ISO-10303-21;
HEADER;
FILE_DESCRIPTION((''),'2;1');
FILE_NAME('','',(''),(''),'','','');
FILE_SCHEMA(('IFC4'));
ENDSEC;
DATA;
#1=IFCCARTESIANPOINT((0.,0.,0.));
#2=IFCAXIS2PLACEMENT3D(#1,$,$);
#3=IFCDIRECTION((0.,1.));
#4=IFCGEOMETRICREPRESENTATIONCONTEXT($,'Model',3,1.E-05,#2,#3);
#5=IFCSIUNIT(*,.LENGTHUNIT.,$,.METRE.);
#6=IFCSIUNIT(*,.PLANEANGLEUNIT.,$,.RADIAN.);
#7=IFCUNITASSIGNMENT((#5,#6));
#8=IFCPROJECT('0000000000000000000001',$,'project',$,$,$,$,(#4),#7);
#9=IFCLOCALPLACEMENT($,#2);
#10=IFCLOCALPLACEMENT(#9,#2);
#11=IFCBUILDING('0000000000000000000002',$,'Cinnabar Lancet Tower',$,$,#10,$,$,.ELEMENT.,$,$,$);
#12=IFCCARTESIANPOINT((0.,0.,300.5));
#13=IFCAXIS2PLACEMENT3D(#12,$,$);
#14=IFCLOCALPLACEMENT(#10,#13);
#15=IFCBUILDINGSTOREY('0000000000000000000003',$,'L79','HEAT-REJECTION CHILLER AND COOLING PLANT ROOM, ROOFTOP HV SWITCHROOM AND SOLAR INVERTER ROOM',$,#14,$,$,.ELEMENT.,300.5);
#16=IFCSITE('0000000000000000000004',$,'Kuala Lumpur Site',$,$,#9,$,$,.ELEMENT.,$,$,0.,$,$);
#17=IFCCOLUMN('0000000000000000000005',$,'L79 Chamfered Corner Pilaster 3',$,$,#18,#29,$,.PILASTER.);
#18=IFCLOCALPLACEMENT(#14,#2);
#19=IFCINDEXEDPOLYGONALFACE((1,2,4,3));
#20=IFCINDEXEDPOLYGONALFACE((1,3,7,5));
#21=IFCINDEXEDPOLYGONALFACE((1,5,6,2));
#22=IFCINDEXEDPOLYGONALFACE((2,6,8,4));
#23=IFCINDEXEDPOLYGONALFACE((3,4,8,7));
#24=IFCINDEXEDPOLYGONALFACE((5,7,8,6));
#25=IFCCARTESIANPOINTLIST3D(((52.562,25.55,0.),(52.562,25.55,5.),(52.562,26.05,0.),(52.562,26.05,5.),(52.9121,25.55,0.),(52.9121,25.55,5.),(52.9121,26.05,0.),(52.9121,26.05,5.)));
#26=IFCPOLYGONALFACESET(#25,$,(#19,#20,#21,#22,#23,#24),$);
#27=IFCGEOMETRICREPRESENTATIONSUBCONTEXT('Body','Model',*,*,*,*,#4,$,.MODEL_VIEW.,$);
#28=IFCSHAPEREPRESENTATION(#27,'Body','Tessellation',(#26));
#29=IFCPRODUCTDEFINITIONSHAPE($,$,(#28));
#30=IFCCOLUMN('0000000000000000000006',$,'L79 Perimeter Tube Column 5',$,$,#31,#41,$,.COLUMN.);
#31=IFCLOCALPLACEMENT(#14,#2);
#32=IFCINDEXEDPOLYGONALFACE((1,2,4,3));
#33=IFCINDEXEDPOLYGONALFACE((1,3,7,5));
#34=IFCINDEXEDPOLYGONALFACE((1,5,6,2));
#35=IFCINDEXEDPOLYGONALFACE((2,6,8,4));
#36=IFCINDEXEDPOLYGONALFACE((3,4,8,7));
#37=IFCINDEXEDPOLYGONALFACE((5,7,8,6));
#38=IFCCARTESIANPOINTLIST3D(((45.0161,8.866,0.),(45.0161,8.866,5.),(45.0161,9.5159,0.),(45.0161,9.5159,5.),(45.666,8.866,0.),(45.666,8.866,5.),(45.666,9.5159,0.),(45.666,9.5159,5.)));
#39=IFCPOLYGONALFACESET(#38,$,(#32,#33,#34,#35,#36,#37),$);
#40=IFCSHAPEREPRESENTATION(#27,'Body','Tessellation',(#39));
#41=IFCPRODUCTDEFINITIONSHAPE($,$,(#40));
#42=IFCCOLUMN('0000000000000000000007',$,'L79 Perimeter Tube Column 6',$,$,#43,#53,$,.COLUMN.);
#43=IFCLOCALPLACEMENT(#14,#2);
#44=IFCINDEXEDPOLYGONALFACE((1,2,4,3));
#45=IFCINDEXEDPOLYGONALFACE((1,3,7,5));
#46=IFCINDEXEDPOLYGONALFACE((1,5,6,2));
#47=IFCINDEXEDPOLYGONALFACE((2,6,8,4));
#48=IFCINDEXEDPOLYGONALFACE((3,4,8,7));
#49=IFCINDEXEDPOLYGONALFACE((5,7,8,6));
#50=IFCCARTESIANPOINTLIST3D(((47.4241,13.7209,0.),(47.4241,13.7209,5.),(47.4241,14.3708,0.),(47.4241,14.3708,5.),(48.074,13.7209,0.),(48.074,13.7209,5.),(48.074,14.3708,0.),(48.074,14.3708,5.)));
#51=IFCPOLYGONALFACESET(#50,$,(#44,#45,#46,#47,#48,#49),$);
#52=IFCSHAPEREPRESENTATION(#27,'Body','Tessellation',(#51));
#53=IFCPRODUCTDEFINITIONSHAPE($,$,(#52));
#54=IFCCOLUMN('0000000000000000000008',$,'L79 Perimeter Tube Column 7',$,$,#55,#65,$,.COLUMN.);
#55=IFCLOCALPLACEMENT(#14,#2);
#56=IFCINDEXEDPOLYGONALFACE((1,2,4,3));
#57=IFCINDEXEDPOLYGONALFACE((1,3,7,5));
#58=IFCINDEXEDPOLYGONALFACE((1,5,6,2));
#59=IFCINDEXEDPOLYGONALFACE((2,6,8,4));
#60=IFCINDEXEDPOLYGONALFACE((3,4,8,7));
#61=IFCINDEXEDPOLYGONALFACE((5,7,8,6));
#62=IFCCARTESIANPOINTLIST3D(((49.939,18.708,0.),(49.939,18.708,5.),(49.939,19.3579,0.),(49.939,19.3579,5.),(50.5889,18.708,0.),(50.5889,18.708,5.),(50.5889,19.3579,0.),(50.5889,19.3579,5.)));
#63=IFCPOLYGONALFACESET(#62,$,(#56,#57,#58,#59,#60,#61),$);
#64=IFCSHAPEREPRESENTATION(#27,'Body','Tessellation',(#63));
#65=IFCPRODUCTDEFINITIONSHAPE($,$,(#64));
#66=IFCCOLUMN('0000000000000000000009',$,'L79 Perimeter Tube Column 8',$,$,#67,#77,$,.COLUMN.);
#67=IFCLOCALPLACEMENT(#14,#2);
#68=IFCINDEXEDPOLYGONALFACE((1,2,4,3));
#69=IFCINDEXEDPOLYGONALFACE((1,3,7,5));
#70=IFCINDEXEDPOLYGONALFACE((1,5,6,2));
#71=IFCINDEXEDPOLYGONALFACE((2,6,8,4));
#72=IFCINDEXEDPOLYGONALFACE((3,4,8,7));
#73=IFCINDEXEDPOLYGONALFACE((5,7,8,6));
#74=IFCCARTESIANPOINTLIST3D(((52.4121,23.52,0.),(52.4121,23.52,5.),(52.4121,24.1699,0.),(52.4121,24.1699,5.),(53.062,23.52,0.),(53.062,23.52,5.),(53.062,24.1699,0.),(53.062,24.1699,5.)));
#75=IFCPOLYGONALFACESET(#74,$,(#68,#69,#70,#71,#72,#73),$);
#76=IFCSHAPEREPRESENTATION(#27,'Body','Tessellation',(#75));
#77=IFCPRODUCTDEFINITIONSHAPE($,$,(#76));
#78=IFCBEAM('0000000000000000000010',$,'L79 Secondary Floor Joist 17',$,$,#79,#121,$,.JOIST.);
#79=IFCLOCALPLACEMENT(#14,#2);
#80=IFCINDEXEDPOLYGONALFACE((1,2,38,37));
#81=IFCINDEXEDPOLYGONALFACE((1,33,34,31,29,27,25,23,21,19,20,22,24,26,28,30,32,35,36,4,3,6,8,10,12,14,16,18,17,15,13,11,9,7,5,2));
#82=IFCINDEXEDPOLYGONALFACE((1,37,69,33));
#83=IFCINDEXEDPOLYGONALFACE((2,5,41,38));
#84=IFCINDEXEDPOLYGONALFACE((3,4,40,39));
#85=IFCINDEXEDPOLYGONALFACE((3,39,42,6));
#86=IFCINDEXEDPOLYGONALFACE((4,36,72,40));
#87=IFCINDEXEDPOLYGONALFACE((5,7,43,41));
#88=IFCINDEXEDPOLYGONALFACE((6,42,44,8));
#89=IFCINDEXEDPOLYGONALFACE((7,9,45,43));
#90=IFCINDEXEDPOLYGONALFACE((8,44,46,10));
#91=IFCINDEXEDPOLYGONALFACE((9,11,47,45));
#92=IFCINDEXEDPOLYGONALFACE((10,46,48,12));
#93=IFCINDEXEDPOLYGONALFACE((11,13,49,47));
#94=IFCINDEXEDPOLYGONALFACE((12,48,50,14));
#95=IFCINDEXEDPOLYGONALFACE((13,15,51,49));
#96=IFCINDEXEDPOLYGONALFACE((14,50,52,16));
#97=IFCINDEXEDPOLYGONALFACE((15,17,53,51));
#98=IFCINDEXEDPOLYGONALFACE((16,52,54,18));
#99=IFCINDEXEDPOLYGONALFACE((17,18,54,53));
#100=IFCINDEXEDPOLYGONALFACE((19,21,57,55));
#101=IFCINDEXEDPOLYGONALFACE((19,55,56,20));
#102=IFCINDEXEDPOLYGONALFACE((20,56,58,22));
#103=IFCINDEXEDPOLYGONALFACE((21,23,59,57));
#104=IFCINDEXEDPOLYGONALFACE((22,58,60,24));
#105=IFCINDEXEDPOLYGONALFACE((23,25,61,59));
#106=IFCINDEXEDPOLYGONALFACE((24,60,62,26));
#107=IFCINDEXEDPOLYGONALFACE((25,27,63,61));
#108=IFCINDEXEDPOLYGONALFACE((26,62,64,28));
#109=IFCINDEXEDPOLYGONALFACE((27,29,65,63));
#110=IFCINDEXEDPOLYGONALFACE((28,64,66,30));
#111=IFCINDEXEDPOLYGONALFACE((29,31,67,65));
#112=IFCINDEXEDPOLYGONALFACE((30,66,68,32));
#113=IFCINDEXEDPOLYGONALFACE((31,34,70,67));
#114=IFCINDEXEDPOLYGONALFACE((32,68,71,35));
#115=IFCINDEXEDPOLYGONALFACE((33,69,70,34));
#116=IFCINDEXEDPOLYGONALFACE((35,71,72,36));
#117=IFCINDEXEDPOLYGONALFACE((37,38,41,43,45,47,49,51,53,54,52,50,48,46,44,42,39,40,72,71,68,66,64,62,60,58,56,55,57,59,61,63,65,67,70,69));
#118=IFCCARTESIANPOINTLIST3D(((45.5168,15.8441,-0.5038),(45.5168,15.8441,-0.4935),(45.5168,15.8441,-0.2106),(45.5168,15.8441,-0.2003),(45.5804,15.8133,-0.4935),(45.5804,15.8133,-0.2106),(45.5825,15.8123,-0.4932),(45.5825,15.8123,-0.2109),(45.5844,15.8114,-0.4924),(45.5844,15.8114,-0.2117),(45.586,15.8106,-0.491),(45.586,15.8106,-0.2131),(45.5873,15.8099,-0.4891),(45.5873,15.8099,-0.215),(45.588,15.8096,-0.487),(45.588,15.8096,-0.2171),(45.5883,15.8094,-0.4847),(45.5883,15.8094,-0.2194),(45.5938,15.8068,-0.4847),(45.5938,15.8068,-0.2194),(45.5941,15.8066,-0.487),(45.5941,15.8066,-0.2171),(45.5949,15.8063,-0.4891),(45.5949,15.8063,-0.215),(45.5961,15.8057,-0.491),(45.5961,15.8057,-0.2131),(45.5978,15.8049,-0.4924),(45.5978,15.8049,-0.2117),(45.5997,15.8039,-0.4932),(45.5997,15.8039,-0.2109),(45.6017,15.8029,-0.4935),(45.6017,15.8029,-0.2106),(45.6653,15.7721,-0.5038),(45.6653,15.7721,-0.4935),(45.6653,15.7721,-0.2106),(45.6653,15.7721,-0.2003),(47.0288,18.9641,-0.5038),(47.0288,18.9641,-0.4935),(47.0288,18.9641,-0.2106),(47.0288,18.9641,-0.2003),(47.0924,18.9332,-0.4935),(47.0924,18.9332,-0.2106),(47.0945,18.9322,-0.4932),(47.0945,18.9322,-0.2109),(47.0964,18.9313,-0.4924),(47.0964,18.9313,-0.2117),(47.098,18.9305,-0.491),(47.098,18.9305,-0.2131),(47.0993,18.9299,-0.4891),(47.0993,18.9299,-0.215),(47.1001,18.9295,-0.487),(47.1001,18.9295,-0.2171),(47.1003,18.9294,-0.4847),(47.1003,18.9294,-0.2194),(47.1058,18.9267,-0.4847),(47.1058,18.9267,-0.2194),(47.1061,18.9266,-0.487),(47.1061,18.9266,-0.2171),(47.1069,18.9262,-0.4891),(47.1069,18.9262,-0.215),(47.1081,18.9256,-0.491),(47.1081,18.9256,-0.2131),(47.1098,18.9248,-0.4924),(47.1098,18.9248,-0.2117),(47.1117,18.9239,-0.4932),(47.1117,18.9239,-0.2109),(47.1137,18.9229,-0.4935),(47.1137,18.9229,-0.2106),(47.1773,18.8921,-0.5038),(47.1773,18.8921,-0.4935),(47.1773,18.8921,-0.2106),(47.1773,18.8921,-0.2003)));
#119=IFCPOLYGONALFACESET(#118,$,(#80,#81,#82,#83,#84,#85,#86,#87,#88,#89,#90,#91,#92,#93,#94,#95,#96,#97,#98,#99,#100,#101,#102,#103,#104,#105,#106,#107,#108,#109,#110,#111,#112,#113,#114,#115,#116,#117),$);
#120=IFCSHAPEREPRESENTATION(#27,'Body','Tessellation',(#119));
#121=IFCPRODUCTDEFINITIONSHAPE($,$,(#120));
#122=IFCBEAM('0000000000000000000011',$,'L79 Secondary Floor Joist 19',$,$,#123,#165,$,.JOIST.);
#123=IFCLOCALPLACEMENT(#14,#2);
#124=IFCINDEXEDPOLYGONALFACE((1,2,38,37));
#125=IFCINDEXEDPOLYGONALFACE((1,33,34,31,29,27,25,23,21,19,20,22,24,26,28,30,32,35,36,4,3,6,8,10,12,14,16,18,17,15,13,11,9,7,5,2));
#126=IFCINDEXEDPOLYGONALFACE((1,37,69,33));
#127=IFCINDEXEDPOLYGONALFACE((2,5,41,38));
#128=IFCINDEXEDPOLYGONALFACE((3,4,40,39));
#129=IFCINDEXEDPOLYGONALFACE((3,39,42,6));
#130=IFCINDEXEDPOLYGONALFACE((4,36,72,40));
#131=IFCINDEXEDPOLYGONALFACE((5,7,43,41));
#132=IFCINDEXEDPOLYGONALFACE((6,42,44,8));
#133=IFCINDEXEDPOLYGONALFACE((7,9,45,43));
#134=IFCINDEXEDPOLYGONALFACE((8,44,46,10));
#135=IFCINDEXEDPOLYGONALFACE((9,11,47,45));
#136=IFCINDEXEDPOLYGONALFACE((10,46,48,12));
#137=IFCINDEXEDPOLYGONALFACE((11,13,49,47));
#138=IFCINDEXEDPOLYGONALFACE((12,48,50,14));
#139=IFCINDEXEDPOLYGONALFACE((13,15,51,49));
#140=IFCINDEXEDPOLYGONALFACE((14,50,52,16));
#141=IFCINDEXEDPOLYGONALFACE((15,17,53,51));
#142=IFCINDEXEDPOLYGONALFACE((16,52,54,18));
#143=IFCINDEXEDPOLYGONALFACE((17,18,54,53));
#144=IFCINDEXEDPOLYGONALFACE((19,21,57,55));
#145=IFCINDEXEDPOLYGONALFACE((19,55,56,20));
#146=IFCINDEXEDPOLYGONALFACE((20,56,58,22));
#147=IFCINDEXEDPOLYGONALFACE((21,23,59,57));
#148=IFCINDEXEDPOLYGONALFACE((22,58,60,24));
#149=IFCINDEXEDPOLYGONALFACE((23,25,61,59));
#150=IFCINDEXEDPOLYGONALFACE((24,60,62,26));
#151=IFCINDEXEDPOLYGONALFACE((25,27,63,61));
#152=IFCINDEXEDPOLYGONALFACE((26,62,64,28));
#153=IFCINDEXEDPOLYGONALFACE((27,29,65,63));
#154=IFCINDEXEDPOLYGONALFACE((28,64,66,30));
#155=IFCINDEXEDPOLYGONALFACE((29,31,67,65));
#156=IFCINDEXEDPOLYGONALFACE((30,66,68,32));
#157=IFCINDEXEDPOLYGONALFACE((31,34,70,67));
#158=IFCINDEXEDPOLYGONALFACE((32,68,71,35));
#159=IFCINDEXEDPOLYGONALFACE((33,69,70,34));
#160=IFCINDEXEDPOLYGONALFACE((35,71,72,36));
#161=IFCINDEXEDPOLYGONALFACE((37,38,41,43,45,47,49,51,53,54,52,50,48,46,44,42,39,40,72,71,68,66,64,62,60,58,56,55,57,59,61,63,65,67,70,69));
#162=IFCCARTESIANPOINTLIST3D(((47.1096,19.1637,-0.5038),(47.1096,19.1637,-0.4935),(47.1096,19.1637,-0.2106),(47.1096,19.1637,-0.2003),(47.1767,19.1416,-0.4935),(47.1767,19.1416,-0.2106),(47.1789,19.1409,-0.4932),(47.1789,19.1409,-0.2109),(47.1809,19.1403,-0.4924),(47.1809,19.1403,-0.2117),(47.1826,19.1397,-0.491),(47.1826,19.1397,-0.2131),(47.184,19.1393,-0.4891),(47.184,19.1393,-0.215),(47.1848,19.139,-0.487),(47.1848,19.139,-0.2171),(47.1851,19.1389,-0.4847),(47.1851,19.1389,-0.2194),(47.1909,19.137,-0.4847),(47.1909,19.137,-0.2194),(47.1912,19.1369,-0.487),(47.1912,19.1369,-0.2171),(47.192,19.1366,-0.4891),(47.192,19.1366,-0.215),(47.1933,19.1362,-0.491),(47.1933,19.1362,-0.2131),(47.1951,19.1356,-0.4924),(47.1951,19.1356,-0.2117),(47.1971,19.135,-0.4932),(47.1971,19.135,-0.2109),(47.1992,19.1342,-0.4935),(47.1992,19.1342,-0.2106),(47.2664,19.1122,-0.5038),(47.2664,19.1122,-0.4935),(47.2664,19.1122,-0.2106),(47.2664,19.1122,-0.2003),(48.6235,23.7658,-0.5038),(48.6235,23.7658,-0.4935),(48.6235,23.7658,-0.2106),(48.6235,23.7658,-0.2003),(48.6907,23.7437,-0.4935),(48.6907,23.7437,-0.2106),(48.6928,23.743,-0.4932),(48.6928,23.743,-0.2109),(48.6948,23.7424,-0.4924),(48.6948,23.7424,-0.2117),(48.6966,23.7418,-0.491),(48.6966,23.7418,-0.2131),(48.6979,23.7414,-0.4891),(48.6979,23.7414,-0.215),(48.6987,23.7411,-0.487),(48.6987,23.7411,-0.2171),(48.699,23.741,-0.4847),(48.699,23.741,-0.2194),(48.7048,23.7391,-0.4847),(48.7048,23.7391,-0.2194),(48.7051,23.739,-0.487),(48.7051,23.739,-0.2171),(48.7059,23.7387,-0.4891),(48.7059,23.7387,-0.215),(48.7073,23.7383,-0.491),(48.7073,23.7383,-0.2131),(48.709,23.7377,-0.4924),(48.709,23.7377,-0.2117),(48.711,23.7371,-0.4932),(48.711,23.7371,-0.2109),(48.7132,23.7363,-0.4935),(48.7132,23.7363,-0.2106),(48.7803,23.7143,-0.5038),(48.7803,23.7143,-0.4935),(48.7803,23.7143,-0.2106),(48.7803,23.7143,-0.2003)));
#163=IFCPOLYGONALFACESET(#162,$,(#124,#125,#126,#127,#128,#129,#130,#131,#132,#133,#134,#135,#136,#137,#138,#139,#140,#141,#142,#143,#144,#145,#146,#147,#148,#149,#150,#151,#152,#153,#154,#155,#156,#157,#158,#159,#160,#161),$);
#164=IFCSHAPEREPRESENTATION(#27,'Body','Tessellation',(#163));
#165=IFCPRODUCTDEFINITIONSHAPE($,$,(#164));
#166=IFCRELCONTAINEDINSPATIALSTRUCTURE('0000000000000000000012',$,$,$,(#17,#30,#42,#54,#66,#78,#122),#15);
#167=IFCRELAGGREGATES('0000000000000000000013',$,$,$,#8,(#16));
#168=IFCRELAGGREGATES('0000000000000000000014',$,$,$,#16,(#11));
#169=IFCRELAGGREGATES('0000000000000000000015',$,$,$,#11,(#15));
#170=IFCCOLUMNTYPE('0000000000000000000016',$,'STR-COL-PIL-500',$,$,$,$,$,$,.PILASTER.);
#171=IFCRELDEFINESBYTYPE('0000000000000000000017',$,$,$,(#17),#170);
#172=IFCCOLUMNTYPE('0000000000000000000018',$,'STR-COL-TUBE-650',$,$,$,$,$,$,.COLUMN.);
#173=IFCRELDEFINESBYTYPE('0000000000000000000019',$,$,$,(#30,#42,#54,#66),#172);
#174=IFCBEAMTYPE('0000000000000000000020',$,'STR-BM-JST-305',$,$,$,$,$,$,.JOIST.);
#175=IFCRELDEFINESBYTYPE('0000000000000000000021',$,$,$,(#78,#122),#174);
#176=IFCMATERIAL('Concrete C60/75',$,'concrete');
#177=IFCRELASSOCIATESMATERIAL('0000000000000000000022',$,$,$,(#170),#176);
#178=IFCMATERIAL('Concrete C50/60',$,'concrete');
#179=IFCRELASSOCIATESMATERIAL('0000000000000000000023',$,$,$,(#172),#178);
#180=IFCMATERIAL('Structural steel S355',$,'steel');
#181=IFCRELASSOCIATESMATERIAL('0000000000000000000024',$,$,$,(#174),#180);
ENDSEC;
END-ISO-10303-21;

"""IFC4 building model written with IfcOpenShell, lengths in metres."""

from ifc_helpers import new_model, si_unit, direction, frame, origin, origin_2d, place, context, subcontext, project, spatial, rectangle, i_section, extrude, material, material_profile, profile_set, type_object, element, save


model = new_model("IFC4")

# Units and contexts
model_context = context("Model", 3, precision=1e-05, world=origin(), true_north=direction((0.0, 1.0)))
body_context = subcontext(model_context, "Body", "Model", "MODEL_VIEW")
ifc_project = project(units=[si_unit("LENGTHUNIT", "METRE"), si_unit("PLANEANGLEUNIT", "RADIAN")], contexts=[model_context])

# Site, building, storey
site_placement = place(None, origin())
site = spatial("IfcSite", under=ifc_project, at=site_placement, Name="Kuala Lumpur Site", CompositionType="ELEMENT", RefElevation=0.0)
building_placement = place(site_placement, origin())
building = spatial("IfcBuilding", under=site, at=building_placement, Name="Cinnabar Lancet Tower", CompositionType="ELEMENT")
storey_placement = place(building_placement, frame((0.0, 0.0, 300.5)))
storey = spatial("IfcBuildingStorey", under=building, at=storey_placement, Name="L79", Description="HEAT-REJECTION CHILLER AND COOLING PLANT ROOM, ROOFTOP HV SWITCHROOM AND SOLAR INVERTER ROOM", CompositionType="ELEMENT", Elevation=300.5)

# Columns
ifc_material_1 = material(Name="Concrete C60/75", Category="concrete")
ifc_material_profile_1 = material_profile(ifc_material_1, rectangle(XDim=0.5, YDim=0.3501, at=origin_2d()), Name="RC-PIL 500x350")
ifc_profile_set_1 = profile_set([ifc_material_profile_1], Name="Concrete C60/75")
column_type_1 = type_object("IfcColumnType", Name="STR-COL-PIL-500", PredefinedType="PILASTER", material=ifc_profile_set_1)
column_placement = place(storey_placement, frame((52.7371, 25.8, 0.0), z_axis=(0.0, 0.0, 1.0), x_axis=(0.0, 1.0, 0.0)))
element("IfcColumn", 1, at=column_placement, inside=storey, type_object=column_type_1, Name="L79 Chamfered Corner Pilaster 3", PredefinedType="PILASTER", context=body_context, shape_type="SweptSolid", body=[
    extrude(rectangle(XDim=0.5, YDim=0.3501, at=origin_2d()), origin(), (0.0, 0.0, 1.0), 5.0),
])
ifc_material_2 = material(Name="Concrete C50/60", Category="concrete")
ifc_material_profile_2 = material_profile(ifc_material_2, rectangle(XDim=0.6499, YDim=0.6499, at=origin_2d()), Name="RC-COL 650x650")
ifc_profile_set_2 = profile_set([ifc_material_profile_2], Name="Concrete C50/60")
column_type_2 = type_object("IfcColumnType", Name="STR-COL-TUBE-650", PredefinedType="COLUMN", material=ifc_profile_set_2)
for number, where, z_axis, x_axis, name in (
    (2, (45.3411, 9.1909, 0.0), (0.0, 0.0, 1.0), (1.0, 0.0, 0.0), "L79 Perimeter Tube Column 5"),
    (3, (47.749, 14.0459, 0.0), (0.0, 0.0, 1.0), (1.0, 0.0, 0.0), "L79 Perimeter Tube Column 6"),
    (4, (50.2639, 19.033, 0.0), (0.0, 0.0, 1.0), (1.0, 0.0, 0.0), "L79 Perimeter Tube Column 7"),
    (5, (52.7371, 23.845, 0.0), (0.0, 0.0, 1.0), (1.0, 0.0, 0.0), "L79 Perimeter Tube Column 8"),
):
    element("IfcColumn", number, at=place(storey_placement, frame(where, z_axis=z_axis, x_axis=x_axis)), inside=storey, type_object=column_type_2, Name=name, PredefinedType="COLUMN", context=body_context, shape_type="SweptSolid", body=[
        extrude(rectangle(XDim=0.6499, YDim=0.6499, at=origin_2d()), origin(), (0.0, 0.0, 1.0), 5.0),
    ])

# Beams
ifc_material_3 = material(Name="Structural steel S355", Category="steel")
ifc_material_profile_3 = material_profile(ifc_material_3, i_section(OverallWidth=0.165, OverallDepth=0.3035, WebThickness=0.0061, FlangeThickness=0.0103, FilletRadius=0.0088, at=origin_2d()), Name="UKB 305x165x40")
ifc_profile_set_3 = profile_set([ifc_material_profile_3], Name="Structural steel S355")
beam_type_1 = type_object("IfcBeamType", Name="STR-BM-JST-305", PredefinedType="JOIST", material=ifc_profile_set_3)
beam_1_placement = place(storey_placement, frame((45.5911, 15.8081, -0.3521), z_axis=(0.436109, 0.899894, 0.0), x_axis=(-0.899894, 0.436109, 0.0)))
element("IfcBeam", 6, at=beam_1_placement, inside=storey, type_object=beam_type_1, Name="L79 Secondary Floor Joist 17", PredefinedType="JOIST", context=body_context, shape_type="SweptSolid", body=[
    extrude(i_section(OverallWidth=0.165, OverallDepth=0.3035, WebThickness=0.0061, FlangeThickness=0.0103, FilletRadius=0.0088, at=origin_2d()), origin(), (0.0, 0.0, 1.0), 3.467),
])
beam_2_placement = place(storey_placement, frame((47.188, 19.1379, -0.3521), z_axis=(0.312491, 0.949921, 0.0), x_axis=(-0.949921, 0.312491, 0.0)))
element("IfcBeam", 7, at=beam_2_placement, inside=storey, type_object=beam_type_1, Name="L79 Secondary Floor Joist 19", PredefinedType="JOIST", context=body_context, shape_type="SweptSolid", body=[
    extrude(i_section(OverallWidth=0.165, OverallDepth=0.3035, WebThickness=0.0061, FlangeThickness=0.0103, FilletRadius=0.0088, at=origin_2d()), origin(), (0.0, 0.0, 1.0), 4.8447),
])

save(model, "model.ifc")
